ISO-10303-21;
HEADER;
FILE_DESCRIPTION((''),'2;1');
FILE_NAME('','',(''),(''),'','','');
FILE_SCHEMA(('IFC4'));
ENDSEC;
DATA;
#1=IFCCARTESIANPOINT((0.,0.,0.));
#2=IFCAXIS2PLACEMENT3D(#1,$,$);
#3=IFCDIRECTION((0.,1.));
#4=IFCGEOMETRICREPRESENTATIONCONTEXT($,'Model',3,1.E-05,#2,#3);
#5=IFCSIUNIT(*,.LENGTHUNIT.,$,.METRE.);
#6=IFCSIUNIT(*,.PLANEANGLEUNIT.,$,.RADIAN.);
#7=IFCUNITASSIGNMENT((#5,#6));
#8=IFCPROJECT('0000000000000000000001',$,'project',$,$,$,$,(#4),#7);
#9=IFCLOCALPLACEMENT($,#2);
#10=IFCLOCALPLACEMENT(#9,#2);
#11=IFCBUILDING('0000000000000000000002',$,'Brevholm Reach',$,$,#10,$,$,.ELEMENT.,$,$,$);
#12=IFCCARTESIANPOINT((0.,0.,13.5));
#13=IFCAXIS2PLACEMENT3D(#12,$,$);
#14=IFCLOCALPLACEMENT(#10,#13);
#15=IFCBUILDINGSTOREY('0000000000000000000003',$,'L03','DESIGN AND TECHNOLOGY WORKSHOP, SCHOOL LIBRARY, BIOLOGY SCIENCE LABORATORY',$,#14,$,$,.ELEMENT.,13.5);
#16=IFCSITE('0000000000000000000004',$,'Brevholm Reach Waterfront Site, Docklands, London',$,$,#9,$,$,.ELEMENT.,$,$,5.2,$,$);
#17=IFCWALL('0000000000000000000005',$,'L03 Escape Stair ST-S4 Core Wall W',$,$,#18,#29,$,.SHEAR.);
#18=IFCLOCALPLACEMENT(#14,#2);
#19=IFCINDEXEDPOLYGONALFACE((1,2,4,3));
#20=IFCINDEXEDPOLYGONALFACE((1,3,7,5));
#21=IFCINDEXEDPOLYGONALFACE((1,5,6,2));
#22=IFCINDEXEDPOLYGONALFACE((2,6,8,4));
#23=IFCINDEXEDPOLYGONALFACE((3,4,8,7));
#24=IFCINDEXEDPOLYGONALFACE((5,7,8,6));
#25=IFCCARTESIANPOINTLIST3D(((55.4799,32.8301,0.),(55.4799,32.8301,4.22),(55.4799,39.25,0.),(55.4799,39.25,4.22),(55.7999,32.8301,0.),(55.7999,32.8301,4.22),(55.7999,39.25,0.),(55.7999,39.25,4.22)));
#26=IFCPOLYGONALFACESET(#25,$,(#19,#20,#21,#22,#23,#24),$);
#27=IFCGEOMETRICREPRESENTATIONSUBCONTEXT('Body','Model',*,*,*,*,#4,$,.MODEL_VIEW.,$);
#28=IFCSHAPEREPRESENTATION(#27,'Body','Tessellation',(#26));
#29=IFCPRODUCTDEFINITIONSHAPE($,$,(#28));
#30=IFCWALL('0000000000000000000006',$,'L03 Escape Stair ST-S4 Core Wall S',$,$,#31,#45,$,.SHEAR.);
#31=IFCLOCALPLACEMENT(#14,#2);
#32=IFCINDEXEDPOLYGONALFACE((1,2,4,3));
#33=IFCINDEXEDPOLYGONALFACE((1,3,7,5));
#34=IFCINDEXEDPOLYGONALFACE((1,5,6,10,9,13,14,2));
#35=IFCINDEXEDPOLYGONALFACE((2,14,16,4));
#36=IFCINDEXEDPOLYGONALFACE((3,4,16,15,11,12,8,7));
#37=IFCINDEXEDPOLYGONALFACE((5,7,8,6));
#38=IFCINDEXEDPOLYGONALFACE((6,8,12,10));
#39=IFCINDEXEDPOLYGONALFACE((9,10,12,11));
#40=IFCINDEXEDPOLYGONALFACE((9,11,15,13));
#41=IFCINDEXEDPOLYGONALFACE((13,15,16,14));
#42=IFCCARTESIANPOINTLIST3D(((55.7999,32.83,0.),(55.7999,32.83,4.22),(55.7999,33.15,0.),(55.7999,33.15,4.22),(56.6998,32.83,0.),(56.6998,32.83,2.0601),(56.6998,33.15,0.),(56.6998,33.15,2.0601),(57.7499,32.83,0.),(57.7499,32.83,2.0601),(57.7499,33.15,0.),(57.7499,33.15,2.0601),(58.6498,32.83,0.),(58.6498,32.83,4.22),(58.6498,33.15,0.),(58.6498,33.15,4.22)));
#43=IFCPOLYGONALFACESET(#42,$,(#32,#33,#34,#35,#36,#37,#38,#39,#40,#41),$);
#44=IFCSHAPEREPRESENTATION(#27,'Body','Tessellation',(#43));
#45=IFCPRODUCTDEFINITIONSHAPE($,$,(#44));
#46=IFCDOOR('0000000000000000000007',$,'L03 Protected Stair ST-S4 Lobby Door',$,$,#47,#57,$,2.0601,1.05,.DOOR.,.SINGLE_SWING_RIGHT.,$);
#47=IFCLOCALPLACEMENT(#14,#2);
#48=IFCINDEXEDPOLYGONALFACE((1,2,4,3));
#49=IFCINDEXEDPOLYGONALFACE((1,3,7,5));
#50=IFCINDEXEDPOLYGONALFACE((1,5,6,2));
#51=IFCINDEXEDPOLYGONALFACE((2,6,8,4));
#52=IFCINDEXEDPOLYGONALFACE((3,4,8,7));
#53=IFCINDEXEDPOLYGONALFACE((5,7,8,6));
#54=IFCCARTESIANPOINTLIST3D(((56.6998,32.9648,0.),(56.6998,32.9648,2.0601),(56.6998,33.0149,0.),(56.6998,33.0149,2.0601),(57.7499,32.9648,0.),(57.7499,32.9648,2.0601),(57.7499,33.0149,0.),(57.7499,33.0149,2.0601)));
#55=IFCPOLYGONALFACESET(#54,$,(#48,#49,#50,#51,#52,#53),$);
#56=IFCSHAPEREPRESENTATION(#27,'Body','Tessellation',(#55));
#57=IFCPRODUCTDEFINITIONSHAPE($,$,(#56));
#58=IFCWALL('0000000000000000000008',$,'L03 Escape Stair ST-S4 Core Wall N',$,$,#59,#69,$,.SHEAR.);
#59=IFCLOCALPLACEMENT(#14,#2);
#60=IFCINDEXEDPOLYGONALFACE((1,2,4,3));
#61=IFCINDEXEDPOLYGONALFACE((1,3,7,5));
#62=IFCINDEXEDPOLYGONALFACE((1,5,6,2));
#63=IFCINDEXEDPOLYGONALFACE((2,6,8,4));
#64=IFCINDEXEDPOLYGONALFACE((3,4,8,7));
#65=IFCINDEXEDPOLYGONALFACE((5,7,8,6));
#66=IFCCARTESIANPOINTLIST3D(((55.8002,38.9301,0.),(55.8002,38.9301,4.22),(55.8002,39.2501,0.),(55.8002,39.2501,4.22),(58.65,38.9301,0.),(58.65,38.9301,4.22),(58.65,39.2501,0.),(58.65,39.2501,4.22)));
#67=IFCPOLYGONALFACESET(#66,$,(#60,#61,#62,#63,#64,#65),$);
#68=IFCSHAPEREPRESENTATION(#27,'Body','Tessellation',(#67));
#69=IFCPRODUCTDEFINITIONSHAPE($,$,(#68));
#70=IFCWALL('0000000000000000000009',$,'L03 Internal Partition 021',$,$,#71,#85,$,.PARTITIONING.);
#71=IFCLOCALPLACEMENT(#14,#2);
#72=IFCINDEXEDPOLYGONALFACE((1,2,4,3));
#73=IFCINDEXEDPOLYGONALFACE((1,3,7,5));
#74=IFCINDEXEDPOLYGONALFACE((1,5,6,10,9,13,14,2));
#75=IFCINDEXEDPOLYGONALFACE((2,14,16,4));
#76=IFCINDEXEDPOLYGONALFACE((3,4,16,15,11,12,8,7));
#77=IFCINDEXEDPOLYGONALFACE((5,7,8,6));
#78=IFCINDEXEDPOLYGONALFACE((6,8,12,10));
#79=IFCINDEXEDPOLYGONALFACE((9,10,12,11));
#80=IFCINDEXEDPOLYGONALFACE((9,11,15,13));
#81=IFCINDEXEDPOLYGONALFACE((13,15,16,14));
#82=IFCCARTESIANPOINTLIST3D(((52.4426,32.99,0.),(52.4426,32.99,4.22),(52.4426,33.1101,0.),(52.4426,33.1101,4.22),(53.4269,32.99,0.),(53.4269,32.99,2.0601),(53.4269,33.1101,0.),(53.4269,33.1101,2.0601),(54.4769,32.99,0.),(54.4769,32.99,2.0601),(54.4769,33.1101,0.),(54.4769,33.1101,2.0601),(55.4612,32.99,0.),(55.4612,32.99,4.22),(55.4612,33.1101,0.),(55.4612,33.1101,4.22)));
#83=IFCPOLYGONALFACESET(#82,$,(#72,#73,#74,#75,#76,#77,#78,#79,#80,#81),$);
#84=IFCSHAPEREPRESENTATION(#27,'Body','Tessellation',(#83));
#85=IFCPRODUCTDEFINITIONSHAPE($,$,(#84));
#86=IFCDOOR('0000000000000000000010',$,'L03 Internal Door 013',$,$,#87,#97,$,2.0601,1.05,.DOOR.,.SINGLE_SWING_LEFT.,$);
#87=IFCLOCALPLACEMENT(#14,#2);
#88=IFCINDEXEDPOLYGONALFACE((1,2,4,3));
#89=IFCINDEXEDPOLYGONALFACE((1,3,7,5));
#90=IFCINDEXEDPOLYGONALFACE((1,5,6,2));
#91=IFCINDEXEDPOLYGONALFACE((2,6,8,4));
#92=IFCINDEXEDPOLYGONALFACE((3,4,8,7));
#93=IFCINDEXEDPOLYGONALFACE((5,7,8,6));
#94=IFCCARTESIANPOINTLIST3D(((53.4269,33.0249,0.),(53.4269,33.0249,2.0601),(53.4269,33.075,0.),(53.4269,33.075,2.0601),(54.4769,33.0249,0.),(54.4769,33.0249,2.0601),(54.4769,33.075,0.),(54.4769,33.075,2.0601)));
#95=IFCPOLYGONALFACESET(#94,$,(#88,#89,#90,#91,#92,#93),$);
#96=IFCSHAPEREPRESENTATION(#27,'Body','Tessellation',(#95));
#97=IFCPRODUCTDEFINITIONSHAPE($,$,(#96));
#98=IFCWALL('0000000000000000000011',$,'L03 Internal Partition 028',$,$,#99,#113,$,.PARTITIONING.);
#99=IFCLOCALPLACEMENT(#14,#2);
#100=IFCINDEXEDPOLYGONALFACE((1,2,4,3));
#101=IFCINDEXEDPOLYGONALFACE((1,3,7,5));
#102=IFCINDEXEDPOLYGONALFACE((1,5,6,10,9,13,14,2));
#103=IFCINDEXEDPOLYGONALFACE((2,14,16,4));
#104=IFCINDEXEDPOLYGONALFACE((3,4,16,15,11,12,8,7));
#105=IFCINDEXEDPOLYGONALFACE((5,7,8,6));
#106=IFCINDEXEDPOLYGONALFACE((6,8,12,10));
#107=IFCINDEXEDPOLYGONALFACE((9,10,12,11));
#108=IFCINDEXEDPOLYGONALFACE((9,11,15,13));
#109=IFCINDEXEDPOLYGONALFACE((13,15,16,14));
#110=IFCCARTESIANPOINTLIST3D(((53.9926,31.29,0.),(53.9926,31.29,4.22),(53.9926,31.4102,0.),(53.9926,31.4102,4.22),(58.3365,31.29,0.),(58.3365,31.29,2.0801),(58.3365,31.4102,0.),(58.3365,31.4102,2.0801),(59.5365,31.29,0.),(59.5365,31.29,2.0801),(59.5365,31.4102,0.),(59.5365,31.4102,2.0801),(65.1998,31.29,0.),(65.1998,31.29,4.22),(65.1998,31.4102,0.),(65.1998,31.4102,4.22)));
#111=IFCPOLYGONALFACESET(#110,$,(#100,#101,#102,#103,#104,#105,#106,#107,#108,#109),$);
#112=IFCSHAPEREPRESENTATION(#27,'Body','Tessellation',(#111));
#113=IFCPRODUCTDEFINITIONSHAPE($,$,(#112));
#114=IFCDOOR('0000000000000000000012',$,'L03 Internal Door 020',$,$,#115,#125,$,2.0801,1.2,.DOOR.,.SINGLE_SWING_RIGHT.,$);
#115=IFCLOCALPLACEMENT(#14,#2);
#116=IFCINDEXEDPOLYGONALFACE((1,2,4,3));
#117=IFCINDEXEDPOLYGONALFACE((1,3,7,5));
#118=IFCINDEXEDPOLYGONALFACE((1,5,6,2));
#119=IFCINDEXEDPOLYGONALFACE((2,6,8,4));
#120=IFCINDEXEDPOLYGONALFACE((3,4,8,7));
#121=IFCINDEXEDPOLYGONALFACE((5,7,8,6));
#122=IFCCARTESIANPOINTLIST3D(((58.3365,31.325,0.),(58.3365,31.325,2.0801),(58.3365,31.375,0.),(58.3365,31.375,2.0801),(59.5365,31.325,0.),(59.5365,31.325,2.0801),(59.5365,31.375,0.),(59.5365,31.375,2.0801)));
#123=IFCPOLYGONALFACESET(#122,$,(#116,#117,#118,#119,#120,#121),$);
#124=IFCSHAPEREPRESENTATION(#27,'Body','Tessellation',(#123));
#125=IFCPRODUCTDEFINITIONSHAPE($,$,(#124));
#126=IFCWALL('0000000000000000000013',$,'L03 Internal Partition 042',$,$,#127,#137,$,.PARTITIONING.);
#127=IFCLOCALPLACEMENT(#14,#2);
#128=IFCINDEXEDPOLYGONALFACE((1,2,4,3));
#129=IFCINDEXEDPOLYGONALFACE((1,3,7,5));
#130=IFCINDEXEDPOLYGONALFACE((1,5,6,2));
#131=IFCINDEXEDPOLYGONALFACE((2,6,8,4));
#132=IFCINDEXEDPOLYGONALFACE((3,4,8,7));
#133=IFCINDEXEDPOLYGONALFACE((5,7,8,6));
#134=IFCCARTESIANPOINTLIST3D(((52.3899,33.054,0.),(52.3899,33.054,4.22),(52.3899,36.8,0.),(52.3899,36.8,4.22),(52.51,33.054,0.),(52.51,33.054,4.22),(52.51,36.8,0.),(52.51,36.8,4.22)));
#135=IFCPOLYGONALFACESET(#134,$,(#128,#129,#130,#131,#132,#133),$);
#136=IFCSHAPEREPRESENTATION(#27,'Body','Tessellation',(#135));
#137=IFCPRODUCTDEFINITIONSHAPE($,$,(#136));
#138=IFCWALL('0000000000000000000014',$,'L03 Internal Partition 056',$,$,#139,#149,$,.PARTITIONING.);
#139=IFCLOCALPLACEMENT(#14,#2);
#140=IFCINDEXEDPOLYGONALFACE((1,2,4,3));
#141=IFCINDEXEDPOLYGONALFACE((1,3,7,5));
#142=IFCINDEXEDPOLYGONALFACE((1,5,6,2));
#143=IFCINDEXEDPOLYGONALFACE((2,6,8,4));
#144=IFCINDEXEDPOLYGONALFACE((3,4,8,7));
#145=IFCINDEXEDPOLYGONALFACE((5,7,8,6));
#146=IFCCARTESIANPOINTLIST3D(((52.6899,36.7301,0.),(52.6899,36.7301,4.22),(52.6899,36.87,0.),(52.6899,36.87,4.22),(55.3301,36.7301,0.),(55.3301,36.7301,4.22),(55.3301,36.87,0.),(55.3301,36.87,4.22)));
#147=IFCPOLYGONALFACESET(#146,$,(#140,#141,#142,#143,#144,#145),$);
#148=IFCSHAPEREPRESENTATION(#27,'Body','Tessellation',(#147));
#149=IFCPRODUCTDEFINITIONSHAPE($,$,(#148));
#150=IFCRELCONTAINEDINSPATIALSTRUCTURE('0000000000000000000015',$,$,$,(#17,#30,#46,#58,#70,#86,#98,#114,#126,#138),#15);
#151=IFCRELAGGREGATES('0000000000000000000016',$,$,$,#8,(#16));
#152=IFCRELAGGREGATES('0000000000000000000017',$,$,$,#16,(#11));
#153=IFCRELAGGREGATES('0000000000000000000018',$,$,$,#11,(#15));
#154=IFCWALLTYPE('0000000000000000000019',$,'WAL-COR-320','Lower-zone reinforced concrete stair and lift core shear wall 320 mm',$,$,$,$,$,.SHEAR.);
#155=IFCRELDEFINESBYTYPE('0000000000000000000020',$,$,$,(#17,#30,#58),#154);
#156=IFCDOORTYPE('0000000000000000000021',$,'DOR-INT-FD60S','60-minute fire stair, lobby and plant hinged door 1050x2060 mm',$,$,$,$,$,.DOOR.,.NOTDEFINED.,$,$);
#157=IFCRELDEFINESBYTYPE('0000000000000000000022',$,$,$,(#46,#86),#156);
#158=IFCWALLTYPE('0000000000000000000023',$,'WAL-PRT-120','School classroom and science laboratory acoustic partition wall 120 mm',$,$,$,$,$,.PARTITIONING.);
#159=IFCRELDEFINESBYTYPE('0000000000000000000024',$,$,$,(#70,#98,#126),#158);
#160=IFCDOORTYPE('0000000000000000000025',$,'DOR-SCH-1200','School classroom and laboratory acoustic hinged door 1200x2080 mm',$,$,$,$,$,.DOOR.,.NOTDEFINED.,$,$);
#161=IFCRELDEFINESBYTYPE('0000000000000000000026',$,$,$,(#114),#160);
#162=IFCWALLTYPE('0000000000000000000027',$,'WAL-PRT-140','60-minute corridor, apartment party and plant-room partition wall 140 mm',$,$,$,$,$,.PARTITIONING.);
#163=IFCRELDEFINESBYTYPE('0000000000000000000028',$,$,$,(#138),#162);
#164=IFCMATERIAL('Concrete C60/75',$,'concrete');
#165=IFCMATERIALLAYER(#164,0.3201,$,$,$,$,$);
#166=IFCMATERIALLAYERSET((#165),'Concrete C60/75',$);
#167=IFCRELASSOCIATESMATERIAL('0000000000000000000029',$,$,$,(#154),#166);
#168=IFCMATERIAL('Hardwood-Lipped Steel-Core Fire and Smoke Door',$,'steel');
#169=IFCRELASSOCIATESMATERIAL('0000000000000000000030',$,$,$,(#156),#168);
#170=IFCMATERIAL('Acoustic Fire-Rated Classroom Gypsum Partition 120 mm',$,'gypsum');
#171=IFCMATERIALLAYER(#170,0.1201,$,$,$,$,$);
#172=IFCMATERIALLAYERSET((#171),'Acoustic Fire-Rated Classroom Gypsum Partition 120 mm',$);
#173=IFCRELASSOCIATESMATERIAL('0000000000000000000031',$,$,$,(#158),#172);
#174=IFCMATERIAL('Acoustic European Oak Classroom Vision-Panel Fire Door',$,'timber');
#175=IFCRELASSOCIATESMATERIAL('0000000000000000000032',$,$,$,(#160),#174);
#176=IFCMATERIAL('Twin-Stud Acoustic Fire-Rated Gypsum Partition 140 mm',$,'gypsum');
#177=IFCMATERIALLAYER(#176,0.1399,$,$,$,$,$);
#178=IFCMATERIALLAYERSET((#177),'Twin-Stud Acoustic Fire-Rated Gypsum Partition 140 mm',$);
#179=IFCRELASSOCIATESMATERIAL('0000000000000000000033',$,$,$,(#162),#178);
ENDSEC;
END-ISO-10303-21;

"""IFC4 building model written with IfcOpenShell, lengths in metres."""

from ifc_helpers import new_model, si_unit, direction, frame, frame_2d, origin, place, context, subcontext, project, spatial, rectangle, extrude, material, layer, layer_set, type_object, element, fill, save


model = new_model("IFC4")

# Units and contexts
model_context = context("Model", 3, precision=1e-05, world=origin(), true_north=direction((0.0, 1.0)))
body_context = subcontext(model_context, "Body", "Model", "MODEL_VIEW")
ifc_project = project(units=[si_unit("LENGTHUNIT", "METRE"), si_unit("PLANEANGLEUNIT", "RADIAN")], contexts=[model_context])

# Site, building, storey
site_placement = place(None, origin())
site = spatial("IfcSite", under=ifc_project, at=site_placement, Name="Brevholm Reach Waterfront Site, Docklands, London", CompositionType="ELEMENT", RefElevation=5.2)
building_placement = place(site_placement, origin())
building = spatial("IfcBuilding", under=site, at=building_placement, Name="Brevholm Reach", CompositionType="ELEMENT")
storey_placement = place(building_placement, frame((0.0, 0.0, 13.5)))
storey = spatial("IfcBuildingStorey", under=building, at=storey_placement, Name="L03", Description="DESIGN AND TECHNOLOGY WORKSHOP, SCHOOL LIBRARY, BIOLOGY SCIENCE LABORATORY", CompositionType="ELEMENT", Elevation=13.5)

# Wall
ifc_material_1 = material(Name="Concrete C60/75", Category="concrete")
ifc_layer_1 = layer(ifc_material_1, 0.3201)
ifc_layer_set_1 = layer_set([ifc_layer_1], Name="Concrete C60/75")
wall_type_1 = type_object("IfcWallType", Name="WAL-COR-320", Description="Lower-zone reinforced concrete stair and lift core shear wall 320 mm", PredefinedType="SHEAR", material=ifc_layer_set_1)
wall_1_placement = place(storey_placement, frame((55.6399, 32.8301, 0.0), z_axis=(0.0, 0.0, 1.0), x_axis=(0.0, 1.0, 0.0)))
element("IfcWall", 1, at=wall_1_placement, inside=storey, type_object=wall_type_1, Name="L03 Escape Stair ST-S4 Core Wall W", PredefinedType="SHEAR", context=body_context, shape_type="SweptSolid", body=[
    extrude(rectangle(XDim=6.4199, YDim=0.3201, at=frame_2d((3.21, 0.0))), origin(), (0.0, 0.0, 1.0), 4.22),
])

# Wall, opening, door
wall_2_placement = place(storey_placement, frame((55.8, 32.99, 0.0), z_axis=(0.0, 0.0, 1.0), x_axis=(1.0, 0.0, 0.0)))
wall_2 = element("IfcWall", 2, at=wall_2_placement, inside=storey, type_object=wall_type_1, Name="L03 Escape Stair ST-S4 Core Wall S", PredefinedType="SHEAR", context=body_context, shape_type="SweptSolid", body=[
    extrude(rectangle(XDim=2.8499, YDim=0.3201, at=frame_2d((1.4248, 0.0))), origin(), (0.0, 0.0, 1.0), 4.22),
])
opening_1_placement = place(wall_2_placement, frame((0.8999, 0.0, 0.0)))
opening_1 = element("IfcOpeningElement", 3, at=opening_1_placement, cuts=wall_2, PredefinedType="OPENING", context=body_context, shape_type="SweptSolid", body=[
    extrude(rectangle(XDim=1.05, YDim=2.0601, at=frame_2d((0.5249, 1.03))), frame((0.0, 0.1699, 0.0), z_axis=(0.0, -1.0, 0.0), x_axis=(1.0, 0.0, 0.0)), (0.0, 0.0, 1.0), 0.3401),
])
ifc_material_2 = material(Name="Hardwood-Lipped Steel-Core Fire and Smoke Door", Category="steel")
door_type_1 = type_object("IfcDoorType", Name="DOR-INT-FD60S", Description="60-minute fire stair, lobby and plant hinged door 1050x2060 mm", OperationType="NOTDEFINED", PredefinedType="DOOR", material=ifc_material_2)
door_1_placement = place(opening_1_placement, origin())
door_1 = element("IfcDoor", 4, at=door_1_placement, inside=storey, type_object=door_type_1, Name="L03 Protected Stair ST-S4 Lobby Door", OperationType="SINGLE_SWING_RIGHT", OverallHeight=2.0601, OverallWidth=1.05, PredefinedType="DOOR", context=body_context, shape_type="SweptSolid", body=[
    extrude(rectangle(XDim=1.05, YDim=2.0601, at=frame_2d((0.5249, 1.03))), frame((0.0, 0.0249, 0.0), z_axis=(0.0, -1.0, 0.0), x_axis=(1.0, 0.0, 0.0)), (0.0, 0.0, 1.0), 0.05),
])
fill(opening_1, door_1)

# Wall
wall_3_placement = place(storey_placement, frame((58.6499, 39.0901, 0.0), z_axis=(0.0, 0.0, 1.0), x_axis=(-1.0, 0.0, 0.0)))
element("IfcWall", 5, at=wall_3_placement, inside=storey, type_object=wall_type_1, Name="L03 Escape Stair ST-S4 Core Wall N", PredefinedType="SHEAR", context=body_context, shape_type="SweptSolid", body=[
    extrude(rectangle(XDim=2.8499, YDim=0.3201, at=frame_2d((1.4248, 0.0))), origin(), (0.0, 0.0, 1.0), 4.22),
])

# Walls, openings, doors
ifc_material_3 = material(Name="Acoustic Fire-Rated Classroom Gypsum Partition 120 mm", Category="gypsum")
ifc_layer_2 = layer(ifc_material_3, 0.1201)
ifc_layer_set_2 = layer_set([ifc_layer_2], Name="Acoustic Fire-Rated Classroom Gypsum Partition 120 mm")
wall_type_2 = type_object("IfcWallType", Name="WAL-PRT-120", Description="School classroom and science laboratory acoustic partition wall 120 mm", PredefinedType="PARTITIONING", material=ifc_layer_set_2)
wall_4_placement = place(storey_placement, frame((52.4426, 33.05, 0.0), z_axis=(0.0, 0.0, 1.0), x_axis=(1.0, 0.0, 0.0)))
wall_4 = element("IfcWall", 6, at=wall_4_placement, inside=storey, type_object=wall_type_2, Name="L03 Internal Partition 021", PredefinedType="PARTITIONING", context=body_context, shape_type="SweptSolid", body=[
    extrude(rectangle(XDim=3.0186, YDim=0.1201, at=frame_2d((1.5093, 0.0))), origin(), (0.0, 0.0, 1.0), 4.22),
])
opening_2_placement = place(wall_4_placement, frame((0.9844, 0.0, 0.0)))
opening_2 = element("IfcOpeningElement", 7, at=opening_2_placement, cuts=wall_4, PredefinedType="OPENING", context=body_context, shape_type="SweptSolid", body=[
    extrude(rectangle(XDim=1.05, YDim=2.0601, at=frame_2d((0.5249, 1.03))), frame((0.0, 0.0701, 0.0), z_axis=(0.0, -1.0, 0.0), x_axis=(1.0, 0.0, 0.0)), (0.0, 0.0, 1.0), 0.1401),
])
door_2_placement = place(opening_2_placement, origin())
door_2 = element("IfcDoor", 8, at=door_2_placement, inside=storey, type_object=door_type_1, Name="L03 Internal Door 013", OperationType="SINGLE_SWING_LEFT", OverallHeight=2.0601, OverallWidth=1.05, PredefinedType="DOOR", context=body_context, shape_type="SweptSolid", body=[
    extrude(rectangle(XDim=1.05, YDim=2.0601, at=frame_2d((0.5249, 1.03))), frame((0.0, 0.0249, 0.0), z_axis=(0.0, -1.0, 0.0), x_axis=(1.0, 0.0, 0.0)), (0.0, 0.0, 1.0), 0.05),
])
fill(opening_2, door_2)
wall_5_placement = place(storey_placement, frame((53.9927, 31.3501, 0.0), z_axis=(0.0, 0.0, 1.0), x_axis=(1.0, 0.0, 0.0)))
wall_5 = element("IfcWall", 9, at=wall_5_placement, inside=storey, type_object=wall_type_2, Name="L03 Internal Partition 028", PredefinedType="PARTITIONING", context=body_context, shape_type="SweptSolid", body=[
    extrude(rectangle(XDim=11.2073, YDim=0.1201, at=frame_2d((5.6035, 0.0))), origin(), (0.0, 0.0, 1.0), 4.22),
])
opening_3_placement = place(wall_5_placement, frame((4.3438, 0.0, 0.0)))
opening_3 = element("IfcOpeningElement", 10, at=opening_3_placement, cuts=wall_5, PredefinedType="OPENING", context=body_context, shape_type="SweptSolid", body=[
    extrude(rectangle(XDim=1.2, YDim=2.0801, at=frame_2d((0.6001, 1.04))), frame((0.0, 0.0701, 0.0), z_axis=(0.0, -1.0, 0.0), x_axis=(1.0, 0.0, 0.0)), (0.0, 0.0, 1.0), 0.1401),
])
ifc_material_4 = material(Name="Acoustic European Oak Classroom Vision-Panel Fire Door", Category="timber")
door_type_2 = type_object("IfcDoorType", Name="DOR-SCH-1200", Description="School classroom and laboratory acoustic hinged door 1200x2080 mm", OperationType="NOTDEFINED", PredefinedType="DOOR", material=ifc_material_4)
door_3_placement = place(opening_3_placement, origin())
door_3 = element("IfcDoor", 11, at=door_3_placement, inside=storey, type_object=door_type_2, Name="L03 Internal Door 020", OperationType="SINGLE_SWING_RIGHT", OverallHeight=2.0801, OverallWidth=1.2, PredefinedType="DOOR", context=body_context, shape_type="SweptSolid", body=[
    extrude(rectangle(XDim=1.2, YDim=2.0801, at=frame_2d((0.6001, 1.04))), frame((0.0, 0.0249, 0.0), z_axis=(0.0, -1.0, 0.0), x_axis=(1.0, 0.0, 0.0)), (0.0, 0.0, 1.0), 0.05),
])
fill(opening_3, door_3)

# Walls
wall_6_placement = place(storey_placement, frame((52.45, 33.054, 0.0), z_axis=(0.0, 0.0, 1.0), x_axis=(0.0, 1.0, 0.0)))
element("IfcWall", 12, at=wall_6_placement, inside=storey, type_object=wall_type_2, Name="L03 Internal Partition 042", PredefinedType="PARTITIONING", context=body_context, shape_type="SweptSolid", body=[
    extrude(rectangle(XDim=3.7461, YDim=0.1201, at=frame_2d((1.873, 0.0))), origin(), (0.0, 0.0, 1.0), 4.22),
])
ifc_material_5 = material(Name="Twin-Stud Acoustic Fire-Rated Gypsum Partition 140 mm", Category="gypsum")
ifc_layer_3 = layer(ifc_material_5, 0.1399)
ifc_layer_set_3 = layer_set([ifc_layer_3], Name="Twin-Stud Acoustic Fire-Rated Gypsum Partition 140 mm")
wall_type_3 = type_object("IfcWallType", Name="WAL-PRT-140", Description="60-minute corridor, apartment party and plant-room partition wall 140 mm", PredefinedType="PARTITIONING", material=ifc_layer_set_3)
wall_7_placement = place(storey_placement, frame((52.6899, 36.8, 0.0), z_axis=(0.0, 0.0, 1.0), x_axis=(1.0, 0.0, 0.0)))
element("IfcWall", 13, at=wall_7_placement, inside=storey, type_object=wall_type_3, Name="L03 Internal Partition 056", PredefinedType="PARTITIONING", context=body_context, shape_type="SweptSolid", body=[
    extrude(rectangle(XDim=2.6401, YDim=0.1399, at=frame_2d((1.3201, 0.0))), origin(), (0.0, 0.0, 1.0), 4.22),
])

save(model, "model.ifc")
